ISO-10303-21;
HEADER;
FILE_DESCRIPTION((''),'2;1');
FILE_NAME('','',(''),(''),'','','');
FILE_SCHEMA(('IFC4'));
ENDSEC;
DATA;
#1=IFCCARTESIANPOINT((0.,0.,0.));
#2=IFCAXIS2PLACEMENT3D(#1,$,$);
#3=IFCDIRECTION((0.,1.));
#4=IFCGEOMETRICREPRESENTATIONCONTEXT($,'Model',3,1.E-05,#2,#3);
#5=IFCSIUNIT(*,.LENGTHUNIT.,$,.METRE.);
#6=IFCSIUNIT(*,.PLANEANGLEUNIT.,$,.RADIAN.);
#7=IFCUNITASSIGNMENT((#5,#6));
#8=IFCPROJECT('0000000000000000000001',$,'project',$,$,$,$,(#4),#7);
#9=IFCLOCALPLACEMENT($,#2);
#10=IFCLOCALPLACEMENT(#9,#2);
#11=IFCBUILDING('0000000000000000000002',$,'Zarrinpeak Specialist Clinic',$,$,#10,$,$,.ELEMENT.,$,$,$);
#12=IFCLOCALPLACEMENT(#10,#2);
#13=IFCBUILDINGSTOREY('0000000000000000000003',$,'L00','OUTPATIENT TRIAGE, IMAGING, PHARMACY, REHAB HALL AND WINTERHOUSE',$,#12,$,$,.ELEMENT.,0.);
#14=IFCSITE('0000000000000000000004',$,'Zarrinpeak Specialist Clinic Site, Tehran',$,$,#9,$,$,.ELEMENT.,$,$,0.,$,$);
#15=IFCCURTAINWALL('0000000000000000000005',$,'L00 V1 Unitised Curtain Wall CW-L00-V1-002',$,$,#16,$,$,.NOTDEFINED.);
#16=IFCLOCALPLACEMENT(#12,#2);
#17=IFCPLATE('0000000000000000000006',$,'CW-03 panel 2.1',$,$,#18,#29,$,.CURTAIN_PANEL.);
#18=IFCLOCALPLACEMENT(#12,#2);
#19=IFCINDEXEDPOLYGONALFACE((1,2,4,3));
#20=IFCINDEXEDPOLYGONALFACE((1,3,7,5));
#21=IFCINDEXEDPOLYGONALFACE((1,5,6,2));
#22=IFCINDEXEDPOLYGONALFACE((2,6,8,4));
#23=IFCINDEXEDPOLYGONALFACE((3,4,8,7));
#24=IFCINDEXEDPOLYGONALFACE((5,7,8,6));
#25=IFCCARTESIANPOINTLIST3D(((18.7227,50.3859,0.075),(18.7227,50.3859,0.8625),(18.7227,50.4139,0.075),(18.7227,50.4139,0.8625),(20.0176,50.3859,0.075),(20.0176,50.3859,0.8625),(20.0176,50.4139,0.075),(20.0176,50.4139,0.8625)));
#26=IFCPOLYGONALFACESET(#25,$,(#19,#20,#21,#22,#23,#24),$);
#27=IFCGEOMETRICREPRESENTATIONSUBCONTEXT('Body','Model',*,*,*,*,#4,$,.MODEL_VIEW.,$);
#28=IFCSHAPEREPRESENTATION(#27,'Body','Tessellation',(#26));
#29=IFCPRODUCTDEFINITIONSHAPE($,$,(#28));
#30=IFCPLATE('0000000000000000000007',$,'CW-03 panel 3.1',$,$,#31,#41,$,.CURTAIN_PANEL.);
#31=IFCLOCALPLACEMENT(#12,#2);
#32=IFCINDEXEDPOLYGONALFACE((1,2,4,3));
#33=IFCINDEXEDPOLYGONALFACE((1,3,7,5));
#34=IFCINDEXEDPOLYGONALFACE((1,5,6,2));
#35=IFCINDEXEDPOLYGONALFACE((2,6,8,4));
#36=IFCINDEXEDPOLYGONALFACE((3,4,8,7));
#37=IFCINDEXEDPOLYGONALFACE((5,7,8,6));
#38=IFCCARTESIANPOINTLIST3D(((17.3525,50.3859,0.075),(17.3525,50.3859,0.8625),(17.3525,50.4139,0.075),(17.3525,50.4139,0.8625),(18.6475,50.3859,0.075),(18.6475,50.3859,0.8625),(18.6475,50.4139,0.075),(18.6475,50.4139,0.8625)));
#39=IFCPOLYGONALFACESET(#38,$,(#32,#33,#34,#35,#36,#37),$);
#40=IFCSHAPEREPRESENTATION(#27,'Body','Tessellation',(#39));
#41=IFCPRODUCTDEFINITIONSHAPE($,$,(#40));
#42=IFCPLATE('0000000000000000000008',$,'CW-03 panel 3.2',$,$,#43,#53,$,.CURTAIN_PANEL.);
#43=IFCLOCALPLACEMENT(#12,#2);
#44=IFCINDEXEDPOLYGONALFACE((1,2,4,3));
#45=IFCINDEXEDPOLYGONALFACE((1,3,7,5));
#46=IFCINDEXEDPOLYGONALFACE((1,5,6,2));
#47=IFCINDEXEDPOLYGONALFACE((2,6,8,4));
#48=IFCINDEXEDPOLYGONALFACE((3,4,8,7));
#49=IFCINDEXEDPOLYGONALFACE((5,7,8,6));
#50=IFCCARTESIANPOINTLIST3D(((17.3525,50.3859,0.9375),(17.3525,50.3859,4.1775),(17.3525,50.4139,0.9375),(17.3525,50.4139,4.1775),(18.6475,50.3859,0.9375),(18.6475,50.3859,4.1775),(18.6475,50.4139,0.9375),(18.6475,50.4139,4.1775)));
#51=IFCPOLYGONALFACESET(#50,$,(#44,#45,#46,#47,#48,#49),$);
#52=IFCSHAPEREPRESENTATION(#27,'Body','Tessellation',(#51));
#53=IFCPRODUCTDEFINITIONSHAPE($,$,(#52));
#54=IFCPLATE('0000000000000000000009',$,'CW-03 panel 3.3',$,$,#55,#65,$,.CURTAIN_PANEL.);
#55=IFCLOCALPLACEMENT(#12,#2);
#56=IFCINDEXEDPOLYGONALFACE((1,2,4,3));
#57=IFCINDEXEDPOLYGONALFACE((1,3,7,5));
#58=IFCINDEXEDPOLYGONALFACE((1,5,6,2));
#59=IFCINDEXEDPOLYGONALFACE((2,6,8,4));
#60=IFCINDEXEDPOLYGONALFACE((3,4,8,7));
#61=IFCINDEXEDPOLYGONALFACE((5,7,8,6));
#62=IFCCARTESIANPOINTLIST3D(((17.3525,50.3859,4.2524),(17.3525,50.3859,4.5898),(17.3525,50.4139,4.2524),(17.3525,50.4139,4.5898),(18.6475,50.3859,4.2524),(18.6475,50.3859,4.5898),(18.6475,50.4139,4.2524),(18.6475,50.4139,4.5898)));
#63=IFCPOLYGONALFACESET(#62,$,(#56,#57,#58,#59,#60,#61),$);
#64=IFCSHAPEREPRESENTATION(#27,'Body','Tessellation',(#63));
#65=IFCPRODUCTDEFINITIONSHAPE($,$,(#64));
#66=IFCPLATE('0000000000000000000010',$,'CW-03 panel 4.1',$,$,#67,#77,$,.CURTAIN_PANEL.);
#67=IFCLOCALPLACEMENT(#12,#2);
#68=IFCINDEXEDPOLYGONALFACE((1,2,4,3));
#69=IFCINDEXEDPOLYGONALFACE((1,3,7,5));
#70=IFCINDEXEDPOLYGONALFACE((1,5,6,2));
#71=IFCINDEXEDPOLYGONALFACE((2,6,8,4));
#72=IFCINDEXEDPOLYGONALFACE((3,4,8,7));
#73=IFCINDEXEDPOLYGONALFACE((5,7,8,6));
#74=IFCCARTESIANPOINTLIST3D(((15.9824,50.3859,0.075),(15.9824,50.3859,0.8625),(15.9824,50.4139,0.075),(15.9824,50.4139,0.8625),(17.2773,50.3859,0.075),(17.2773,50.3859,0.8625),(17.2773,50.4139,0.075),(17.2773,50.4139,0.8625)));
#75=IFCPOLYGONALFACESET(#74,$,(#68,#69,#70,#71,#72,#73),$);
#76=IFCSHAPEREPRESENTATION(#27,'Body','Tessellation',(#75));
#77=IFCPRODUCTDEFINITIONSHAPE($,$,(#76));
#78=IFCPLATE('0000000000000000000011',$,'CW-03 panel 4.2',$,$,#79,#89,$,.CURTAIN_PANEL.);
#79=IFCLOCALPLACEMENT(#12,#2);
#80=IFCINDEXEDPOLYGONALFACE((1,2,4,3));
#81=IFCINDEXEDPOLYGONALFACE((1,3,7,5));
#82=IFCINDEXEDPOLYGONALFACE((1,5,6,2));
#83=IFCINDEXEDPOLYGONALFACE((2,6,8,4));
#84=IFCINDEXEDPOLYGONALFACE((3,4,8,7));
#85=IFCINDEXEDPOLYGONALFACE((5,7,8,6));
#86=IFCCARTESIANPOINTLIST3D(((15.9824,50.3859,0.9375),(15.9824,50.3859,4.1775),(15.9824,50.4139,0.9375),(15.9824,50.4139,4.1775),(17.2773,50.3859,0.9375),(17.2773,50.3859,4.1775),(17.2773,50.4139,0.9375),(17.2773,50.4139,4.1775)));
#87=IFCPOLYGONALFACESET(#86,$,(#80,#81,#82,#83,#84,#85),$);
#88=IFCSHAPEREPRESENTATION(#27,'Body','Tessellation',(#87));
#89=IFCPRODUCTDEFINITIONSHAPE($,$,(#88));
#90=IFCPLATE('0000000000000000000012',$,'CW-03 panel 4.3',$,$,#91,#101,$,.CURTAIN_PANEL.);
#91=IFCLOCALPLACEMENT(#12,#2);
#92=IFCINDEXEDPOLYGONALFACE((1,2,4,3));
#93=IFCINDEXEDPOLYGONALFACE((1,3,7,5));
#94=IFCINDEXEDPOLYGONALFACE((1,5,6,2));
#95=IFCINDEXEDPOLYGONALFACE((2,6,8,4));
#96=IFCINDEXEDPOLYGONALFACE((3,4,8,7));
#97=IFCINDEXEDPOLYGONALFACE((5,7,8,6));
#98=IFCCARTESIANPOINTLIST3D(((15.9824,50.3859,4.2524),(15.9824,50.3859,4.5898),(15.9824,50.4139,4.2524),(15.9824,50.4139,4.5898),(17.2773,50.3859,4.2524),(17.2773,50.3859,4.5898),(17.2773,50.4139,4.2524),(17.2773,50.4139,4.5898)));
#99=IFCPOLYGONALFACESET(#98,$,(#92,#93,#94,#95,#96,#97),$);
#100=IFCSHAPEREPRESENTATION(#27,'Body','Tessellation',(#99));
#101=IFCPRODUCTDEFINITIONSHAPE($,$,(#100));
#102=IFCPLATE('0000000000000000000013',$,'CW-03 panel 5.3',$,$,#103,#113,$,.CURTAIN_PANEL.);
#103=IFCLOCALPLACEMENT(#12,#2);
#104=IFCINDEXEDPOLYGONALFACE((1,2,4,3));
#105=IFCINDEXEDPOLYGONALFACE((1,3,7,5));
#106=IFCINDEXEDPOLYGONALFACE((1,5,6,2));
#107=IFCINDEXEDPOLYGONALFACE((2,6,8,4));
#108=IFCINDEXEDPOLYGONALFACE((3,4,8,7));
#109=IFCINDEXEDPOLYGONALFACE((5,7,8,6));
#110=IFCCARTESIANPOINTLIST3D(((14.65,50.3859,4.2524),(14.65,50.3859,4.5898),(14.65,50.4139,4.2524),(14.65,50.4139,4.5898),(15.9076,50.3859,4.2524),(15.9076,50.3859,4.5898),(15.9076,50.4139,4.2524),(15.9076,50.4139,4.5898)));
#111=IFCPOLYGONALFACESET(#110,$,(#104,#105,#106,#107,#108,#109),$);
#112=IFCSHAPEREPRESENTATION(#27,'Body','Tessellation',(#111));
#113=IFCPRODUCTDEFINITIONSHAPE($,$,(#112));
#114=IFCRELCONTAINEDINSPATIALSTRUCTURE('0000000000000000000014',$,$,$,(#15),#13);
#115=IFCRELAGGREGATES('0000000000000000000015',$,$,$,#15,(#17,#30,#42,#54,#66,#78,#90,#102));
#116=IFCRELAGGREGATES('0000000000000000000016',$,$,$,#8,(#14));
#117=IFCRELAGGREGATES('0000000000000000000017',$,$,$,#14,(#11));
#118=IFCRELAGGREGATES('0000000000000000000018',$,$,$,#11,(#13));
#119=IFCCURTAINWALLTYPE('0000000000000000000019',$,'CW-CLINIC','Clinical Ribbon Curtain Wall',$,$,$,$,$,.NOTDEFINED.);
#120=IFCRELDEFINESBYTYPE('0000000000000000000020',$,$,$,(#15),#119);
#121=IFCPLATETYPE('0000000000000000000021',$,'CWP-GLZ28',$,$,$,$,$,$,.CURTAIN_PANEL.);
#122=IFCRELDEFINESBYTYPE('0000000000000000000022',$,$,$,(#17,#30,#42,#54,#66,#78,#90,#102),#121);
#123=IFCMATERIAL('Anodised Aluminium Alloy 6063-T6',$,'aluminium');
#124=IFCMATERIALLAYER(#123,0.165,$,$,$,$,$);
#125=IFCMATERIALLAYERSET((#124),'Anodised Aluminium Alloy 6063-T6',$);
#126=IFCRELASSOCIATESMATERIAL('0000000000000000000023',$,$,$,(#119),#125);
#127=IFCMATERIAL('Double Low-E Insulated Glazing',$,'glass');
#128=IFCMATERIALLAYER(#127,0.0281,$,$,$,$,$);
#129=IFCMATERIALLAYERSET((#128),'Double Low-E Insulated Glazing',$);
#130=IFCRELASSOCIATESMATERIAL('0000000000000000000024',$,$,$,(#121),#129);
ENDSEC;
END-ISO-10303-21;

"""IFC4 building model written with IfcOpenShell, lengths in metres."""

from ifc_helpers import new_model, si_unit, direction, frame, origin, origin_2d, place, context, subcontext, project, spatial, rectangle, extrude, material, layer, layer_set, type_object, element, aggregate, save


model = new_model("IFC4")

# Units and contexts
model_context = context("Model", 3, precision=1e-05, world=origin(), true_north=direction((0.0, 1.0)))
body_context = subcontext(model_context, "Body", "Model", "MODEL_VIEW")
ifc_project = project(units=[si_unit("LENGTHUNIT", "METRE"), si_unit("PLANEANGLEUNIT", "RADIAN")], contexts=[model_context])

# Site, building, storey
site_placement = place(None, origin())
site = spatial("IfcSite", under=ifc_project, at=site_placement, Name="Zarrinpeak Specialist Clinic Site, Tehran", CompositionType="ELEMENT", RefElevation=0.0)
building_placement = place(site_placement, origin())
building = spatial("IfcBuilding", under=site, at=building_placement, Name="Zarrinpeak Specialist Clinic", CompositionType="ELEMENT")
storey_placement = place(building_placement, origin())
storey = spatial("IfcBuildingStorey", under=building, at=storey_placement, Name="L00", Description="OUTPATIENT TRIAGE, IMAGING, PHARMACY, REHAB HALL AND WINTERHOUSE", CompositionType="ELEMENT", Elevation=0.0)

# Curtain wall, plates
ifc_material_1 = material(Name="Anodised Aluminium Alloy 6063-T6", Category="aluminium")
ifc_layer_1 = layer(ifc_material_1, 0.165)
ifc_layer_set_1 = layer_set([ifc_layer_1], Name="Anodised Aluminium Alloy 6063-T6")
curtain_wall_type = type_object("IfcCurtainWallType", Name="CW-CLINIC", Description="Clinical Ribbon Curtain Wall", PredefinedType="NOTDEFINED", material=ifc_layer_set_1)
curtain_wall_placement = place(storey_placement, origin())
curtain_wall = element("IfcCurtainWall", 1, at=curtain_wall_placement, inside=storey, type_object=curtain_wall_type, Name="L00 V1 Unitised Curtain Wall CW-L00-V1-002", PredefinedType="NOTDEFINED")
ifc_material_2 = material(Name="Double Low-E Insulated Glazing", Category="glass")
ifc_layer_2 = layer(ifc_material_2, 0.0281)
ifc_layer_set_2 = layer_set([ifc_layer_2], Name="Double Low-E Insulated Glazing")
plate_type = type_object("IfcPlateType", Name="CWP-GLZ28", PredefinedType="CURTAIN_PANEL", material=ifc_layer_set_2)
plate_1_placement = place(storey_placement, frame((19.3701, 50.3999, 0.075), z_axis=(0.0, 0.0, 1.0), x_axis=(-1.0, 0.0, 0.0)))
plate_1 = element("IfcPlate", 2, at=plate_1_placement, type_object=plate_type, Name="CW-03 panel 2.1", PredefinedType="CURTAIN_PANEL", context=body_context, shape_type="SweptSolid", body=[
    extrude(rectangle(XDim=1.2949, YDim=0.0281, at=origin_2d()), origin(), (0.0, 0.0, 1.0), 0.7876),
])
plate_2_placement = place(storey_placement, frame((18.0, 50.3999, 0.075), z_axis=(0.0, 0.0, 1.0), x_axis=(-1.0, 0.0, 0.0)))
plate_2 = element("IfcPlate", 3, at=plate_2_placement, type_object=plate_type, Name="CW-03 panel 3.1", PredefinedType="CURTAIN_PANEL", context=body_context, shape_type="SweptSolid", body=[
    extrude(rectangle(XDim=1.2949, YDim=0.0281, at=origin_2d()), origin(), (0.0, 0.0, 1.0), 0.7876),
])
plate_3_placement = place(storey_placement, frame((18.0, 50.3999, 0.9375), z_axis=(0.0, 0.0, 1.0), x_axis=(-1.0, 0.0, 0.0)))
plate_3 = element("IfcPlate", 4, at=plate_3_placement, type_object=plate_type, Name="CW-03 panel 3.2", PredefinedType="CURTAIN_PANEL", context=body_context, shape_type="SweptSolid", body=[
    extrude(rectangle(XDim=1.2949, YDim=0.0281, at=origin_2d()), origin(), (0.0, 0.0, 1.0), 3.24),
])
plate_4_placement = place(storey_placement, frame((18.0, 50.3999, 4.2524), z_axis=(0.0, 0.0, 1.0), x_axis=(-1.0, 0.0, 0.0)))
plate_4 = element("IfcPlate", 5, at=plate_4_placement, type_object=plate_type, Name="CW-03 panel 3.3", PredefinedType="CURTAIN_PANEL", context=body_context, shape_type="SweptSolid", body=[
    extrude(rectangle(XDim=1.2949, YDim=0.0281, at=origin_2d()), origin(), (0.0, 0.0, 1.0), 0.3374),
])
plate_5_placement = place(storey_placement, frame((16.6299, 50.3999, 0.075), z_axis=(0.0, 0.0, 1.0), x_axis=(-1.0, 0.0, 0.0)))
plate_5 = element("IfcPlate", 6, at=plate_5_placement, type_object=plate_type, Name="CW-03 panel 4.1", PredefinedType="CURTAIN_PANEL", context=body_context, shape_type="SweptSolid", body=[
    extrude(rectangle(XDim=1.2949, YDim=0.0281, at=origin_2d()), origin(), (0.0, 0.0, 1.0), 0.7876),
])
plate_6_placement = place(storey_placement, frame((16.6299, 50.3999, 0.9375), z_axis=(0.0, 0.0, 1.0), x_axis=(-1.0, 0.0, 0.0)))
plate_6 = element("IfcPlate", 7, at=plate_6_placement, type_object=plate_type, Name="CW-03 panel 4.2", PredefinedType="CURTAIN_PANEL", context=body_context, shape_type="SweptSolid", body=[
    extrude(rectangle(XDim=1.2949, YDim=0.0281, at=origin_2d()), origin(), (0.0, 0.0, 1.0), 3.24),
])
plate_7_placement = place(storey_placement, frame((16.6299, 50.3999, 4.2524), z_axis=(0.0, 0.0, 1.0), x_axis=(-1.0, 0.0, 0.0)))
plate_7 = element("IfcPlate", 8, at=plate_7_placement, type_object=plate_type, Name="CW-03 panel 4.3", PredefinedType="CURTAIN_PANEL", context=body_context, shape_type="SweptSolid", body=[
    extrude(rectangle(XDim=1.2949, YDim=0.0281, at=origin_2d()), origin(), (0.0, 0.0, 1.0), 0.3374),
])
plate_8_placement = place(storey_placement, frame((15.2788, 50.3999, 4.2524), z_axis=(0.0, 0.0, 1.0), x_axis=(-1.0, 0.0, 0.0)))
plate_8 = element("IfcPlate", 9, at=plate_8_placement, type_object=plate_type, Name="CW-03 panel 5.3", PredefinedType="CURTAIN_PANEL", context=body_context, shape_type="SweptSolid", body=[
    extrude(rectangle(XDim=1.2576, YDim=0.0281, at=origin_2d()), origin(), (0.0, 0.0, 1.0), 0.3374),
])
aggregate(curtain_wall, [plate_1, plate_2, plate_3, plate_4, plate_5, plate_6, plate_7, plate_8])

save(model, "model.ifc")
